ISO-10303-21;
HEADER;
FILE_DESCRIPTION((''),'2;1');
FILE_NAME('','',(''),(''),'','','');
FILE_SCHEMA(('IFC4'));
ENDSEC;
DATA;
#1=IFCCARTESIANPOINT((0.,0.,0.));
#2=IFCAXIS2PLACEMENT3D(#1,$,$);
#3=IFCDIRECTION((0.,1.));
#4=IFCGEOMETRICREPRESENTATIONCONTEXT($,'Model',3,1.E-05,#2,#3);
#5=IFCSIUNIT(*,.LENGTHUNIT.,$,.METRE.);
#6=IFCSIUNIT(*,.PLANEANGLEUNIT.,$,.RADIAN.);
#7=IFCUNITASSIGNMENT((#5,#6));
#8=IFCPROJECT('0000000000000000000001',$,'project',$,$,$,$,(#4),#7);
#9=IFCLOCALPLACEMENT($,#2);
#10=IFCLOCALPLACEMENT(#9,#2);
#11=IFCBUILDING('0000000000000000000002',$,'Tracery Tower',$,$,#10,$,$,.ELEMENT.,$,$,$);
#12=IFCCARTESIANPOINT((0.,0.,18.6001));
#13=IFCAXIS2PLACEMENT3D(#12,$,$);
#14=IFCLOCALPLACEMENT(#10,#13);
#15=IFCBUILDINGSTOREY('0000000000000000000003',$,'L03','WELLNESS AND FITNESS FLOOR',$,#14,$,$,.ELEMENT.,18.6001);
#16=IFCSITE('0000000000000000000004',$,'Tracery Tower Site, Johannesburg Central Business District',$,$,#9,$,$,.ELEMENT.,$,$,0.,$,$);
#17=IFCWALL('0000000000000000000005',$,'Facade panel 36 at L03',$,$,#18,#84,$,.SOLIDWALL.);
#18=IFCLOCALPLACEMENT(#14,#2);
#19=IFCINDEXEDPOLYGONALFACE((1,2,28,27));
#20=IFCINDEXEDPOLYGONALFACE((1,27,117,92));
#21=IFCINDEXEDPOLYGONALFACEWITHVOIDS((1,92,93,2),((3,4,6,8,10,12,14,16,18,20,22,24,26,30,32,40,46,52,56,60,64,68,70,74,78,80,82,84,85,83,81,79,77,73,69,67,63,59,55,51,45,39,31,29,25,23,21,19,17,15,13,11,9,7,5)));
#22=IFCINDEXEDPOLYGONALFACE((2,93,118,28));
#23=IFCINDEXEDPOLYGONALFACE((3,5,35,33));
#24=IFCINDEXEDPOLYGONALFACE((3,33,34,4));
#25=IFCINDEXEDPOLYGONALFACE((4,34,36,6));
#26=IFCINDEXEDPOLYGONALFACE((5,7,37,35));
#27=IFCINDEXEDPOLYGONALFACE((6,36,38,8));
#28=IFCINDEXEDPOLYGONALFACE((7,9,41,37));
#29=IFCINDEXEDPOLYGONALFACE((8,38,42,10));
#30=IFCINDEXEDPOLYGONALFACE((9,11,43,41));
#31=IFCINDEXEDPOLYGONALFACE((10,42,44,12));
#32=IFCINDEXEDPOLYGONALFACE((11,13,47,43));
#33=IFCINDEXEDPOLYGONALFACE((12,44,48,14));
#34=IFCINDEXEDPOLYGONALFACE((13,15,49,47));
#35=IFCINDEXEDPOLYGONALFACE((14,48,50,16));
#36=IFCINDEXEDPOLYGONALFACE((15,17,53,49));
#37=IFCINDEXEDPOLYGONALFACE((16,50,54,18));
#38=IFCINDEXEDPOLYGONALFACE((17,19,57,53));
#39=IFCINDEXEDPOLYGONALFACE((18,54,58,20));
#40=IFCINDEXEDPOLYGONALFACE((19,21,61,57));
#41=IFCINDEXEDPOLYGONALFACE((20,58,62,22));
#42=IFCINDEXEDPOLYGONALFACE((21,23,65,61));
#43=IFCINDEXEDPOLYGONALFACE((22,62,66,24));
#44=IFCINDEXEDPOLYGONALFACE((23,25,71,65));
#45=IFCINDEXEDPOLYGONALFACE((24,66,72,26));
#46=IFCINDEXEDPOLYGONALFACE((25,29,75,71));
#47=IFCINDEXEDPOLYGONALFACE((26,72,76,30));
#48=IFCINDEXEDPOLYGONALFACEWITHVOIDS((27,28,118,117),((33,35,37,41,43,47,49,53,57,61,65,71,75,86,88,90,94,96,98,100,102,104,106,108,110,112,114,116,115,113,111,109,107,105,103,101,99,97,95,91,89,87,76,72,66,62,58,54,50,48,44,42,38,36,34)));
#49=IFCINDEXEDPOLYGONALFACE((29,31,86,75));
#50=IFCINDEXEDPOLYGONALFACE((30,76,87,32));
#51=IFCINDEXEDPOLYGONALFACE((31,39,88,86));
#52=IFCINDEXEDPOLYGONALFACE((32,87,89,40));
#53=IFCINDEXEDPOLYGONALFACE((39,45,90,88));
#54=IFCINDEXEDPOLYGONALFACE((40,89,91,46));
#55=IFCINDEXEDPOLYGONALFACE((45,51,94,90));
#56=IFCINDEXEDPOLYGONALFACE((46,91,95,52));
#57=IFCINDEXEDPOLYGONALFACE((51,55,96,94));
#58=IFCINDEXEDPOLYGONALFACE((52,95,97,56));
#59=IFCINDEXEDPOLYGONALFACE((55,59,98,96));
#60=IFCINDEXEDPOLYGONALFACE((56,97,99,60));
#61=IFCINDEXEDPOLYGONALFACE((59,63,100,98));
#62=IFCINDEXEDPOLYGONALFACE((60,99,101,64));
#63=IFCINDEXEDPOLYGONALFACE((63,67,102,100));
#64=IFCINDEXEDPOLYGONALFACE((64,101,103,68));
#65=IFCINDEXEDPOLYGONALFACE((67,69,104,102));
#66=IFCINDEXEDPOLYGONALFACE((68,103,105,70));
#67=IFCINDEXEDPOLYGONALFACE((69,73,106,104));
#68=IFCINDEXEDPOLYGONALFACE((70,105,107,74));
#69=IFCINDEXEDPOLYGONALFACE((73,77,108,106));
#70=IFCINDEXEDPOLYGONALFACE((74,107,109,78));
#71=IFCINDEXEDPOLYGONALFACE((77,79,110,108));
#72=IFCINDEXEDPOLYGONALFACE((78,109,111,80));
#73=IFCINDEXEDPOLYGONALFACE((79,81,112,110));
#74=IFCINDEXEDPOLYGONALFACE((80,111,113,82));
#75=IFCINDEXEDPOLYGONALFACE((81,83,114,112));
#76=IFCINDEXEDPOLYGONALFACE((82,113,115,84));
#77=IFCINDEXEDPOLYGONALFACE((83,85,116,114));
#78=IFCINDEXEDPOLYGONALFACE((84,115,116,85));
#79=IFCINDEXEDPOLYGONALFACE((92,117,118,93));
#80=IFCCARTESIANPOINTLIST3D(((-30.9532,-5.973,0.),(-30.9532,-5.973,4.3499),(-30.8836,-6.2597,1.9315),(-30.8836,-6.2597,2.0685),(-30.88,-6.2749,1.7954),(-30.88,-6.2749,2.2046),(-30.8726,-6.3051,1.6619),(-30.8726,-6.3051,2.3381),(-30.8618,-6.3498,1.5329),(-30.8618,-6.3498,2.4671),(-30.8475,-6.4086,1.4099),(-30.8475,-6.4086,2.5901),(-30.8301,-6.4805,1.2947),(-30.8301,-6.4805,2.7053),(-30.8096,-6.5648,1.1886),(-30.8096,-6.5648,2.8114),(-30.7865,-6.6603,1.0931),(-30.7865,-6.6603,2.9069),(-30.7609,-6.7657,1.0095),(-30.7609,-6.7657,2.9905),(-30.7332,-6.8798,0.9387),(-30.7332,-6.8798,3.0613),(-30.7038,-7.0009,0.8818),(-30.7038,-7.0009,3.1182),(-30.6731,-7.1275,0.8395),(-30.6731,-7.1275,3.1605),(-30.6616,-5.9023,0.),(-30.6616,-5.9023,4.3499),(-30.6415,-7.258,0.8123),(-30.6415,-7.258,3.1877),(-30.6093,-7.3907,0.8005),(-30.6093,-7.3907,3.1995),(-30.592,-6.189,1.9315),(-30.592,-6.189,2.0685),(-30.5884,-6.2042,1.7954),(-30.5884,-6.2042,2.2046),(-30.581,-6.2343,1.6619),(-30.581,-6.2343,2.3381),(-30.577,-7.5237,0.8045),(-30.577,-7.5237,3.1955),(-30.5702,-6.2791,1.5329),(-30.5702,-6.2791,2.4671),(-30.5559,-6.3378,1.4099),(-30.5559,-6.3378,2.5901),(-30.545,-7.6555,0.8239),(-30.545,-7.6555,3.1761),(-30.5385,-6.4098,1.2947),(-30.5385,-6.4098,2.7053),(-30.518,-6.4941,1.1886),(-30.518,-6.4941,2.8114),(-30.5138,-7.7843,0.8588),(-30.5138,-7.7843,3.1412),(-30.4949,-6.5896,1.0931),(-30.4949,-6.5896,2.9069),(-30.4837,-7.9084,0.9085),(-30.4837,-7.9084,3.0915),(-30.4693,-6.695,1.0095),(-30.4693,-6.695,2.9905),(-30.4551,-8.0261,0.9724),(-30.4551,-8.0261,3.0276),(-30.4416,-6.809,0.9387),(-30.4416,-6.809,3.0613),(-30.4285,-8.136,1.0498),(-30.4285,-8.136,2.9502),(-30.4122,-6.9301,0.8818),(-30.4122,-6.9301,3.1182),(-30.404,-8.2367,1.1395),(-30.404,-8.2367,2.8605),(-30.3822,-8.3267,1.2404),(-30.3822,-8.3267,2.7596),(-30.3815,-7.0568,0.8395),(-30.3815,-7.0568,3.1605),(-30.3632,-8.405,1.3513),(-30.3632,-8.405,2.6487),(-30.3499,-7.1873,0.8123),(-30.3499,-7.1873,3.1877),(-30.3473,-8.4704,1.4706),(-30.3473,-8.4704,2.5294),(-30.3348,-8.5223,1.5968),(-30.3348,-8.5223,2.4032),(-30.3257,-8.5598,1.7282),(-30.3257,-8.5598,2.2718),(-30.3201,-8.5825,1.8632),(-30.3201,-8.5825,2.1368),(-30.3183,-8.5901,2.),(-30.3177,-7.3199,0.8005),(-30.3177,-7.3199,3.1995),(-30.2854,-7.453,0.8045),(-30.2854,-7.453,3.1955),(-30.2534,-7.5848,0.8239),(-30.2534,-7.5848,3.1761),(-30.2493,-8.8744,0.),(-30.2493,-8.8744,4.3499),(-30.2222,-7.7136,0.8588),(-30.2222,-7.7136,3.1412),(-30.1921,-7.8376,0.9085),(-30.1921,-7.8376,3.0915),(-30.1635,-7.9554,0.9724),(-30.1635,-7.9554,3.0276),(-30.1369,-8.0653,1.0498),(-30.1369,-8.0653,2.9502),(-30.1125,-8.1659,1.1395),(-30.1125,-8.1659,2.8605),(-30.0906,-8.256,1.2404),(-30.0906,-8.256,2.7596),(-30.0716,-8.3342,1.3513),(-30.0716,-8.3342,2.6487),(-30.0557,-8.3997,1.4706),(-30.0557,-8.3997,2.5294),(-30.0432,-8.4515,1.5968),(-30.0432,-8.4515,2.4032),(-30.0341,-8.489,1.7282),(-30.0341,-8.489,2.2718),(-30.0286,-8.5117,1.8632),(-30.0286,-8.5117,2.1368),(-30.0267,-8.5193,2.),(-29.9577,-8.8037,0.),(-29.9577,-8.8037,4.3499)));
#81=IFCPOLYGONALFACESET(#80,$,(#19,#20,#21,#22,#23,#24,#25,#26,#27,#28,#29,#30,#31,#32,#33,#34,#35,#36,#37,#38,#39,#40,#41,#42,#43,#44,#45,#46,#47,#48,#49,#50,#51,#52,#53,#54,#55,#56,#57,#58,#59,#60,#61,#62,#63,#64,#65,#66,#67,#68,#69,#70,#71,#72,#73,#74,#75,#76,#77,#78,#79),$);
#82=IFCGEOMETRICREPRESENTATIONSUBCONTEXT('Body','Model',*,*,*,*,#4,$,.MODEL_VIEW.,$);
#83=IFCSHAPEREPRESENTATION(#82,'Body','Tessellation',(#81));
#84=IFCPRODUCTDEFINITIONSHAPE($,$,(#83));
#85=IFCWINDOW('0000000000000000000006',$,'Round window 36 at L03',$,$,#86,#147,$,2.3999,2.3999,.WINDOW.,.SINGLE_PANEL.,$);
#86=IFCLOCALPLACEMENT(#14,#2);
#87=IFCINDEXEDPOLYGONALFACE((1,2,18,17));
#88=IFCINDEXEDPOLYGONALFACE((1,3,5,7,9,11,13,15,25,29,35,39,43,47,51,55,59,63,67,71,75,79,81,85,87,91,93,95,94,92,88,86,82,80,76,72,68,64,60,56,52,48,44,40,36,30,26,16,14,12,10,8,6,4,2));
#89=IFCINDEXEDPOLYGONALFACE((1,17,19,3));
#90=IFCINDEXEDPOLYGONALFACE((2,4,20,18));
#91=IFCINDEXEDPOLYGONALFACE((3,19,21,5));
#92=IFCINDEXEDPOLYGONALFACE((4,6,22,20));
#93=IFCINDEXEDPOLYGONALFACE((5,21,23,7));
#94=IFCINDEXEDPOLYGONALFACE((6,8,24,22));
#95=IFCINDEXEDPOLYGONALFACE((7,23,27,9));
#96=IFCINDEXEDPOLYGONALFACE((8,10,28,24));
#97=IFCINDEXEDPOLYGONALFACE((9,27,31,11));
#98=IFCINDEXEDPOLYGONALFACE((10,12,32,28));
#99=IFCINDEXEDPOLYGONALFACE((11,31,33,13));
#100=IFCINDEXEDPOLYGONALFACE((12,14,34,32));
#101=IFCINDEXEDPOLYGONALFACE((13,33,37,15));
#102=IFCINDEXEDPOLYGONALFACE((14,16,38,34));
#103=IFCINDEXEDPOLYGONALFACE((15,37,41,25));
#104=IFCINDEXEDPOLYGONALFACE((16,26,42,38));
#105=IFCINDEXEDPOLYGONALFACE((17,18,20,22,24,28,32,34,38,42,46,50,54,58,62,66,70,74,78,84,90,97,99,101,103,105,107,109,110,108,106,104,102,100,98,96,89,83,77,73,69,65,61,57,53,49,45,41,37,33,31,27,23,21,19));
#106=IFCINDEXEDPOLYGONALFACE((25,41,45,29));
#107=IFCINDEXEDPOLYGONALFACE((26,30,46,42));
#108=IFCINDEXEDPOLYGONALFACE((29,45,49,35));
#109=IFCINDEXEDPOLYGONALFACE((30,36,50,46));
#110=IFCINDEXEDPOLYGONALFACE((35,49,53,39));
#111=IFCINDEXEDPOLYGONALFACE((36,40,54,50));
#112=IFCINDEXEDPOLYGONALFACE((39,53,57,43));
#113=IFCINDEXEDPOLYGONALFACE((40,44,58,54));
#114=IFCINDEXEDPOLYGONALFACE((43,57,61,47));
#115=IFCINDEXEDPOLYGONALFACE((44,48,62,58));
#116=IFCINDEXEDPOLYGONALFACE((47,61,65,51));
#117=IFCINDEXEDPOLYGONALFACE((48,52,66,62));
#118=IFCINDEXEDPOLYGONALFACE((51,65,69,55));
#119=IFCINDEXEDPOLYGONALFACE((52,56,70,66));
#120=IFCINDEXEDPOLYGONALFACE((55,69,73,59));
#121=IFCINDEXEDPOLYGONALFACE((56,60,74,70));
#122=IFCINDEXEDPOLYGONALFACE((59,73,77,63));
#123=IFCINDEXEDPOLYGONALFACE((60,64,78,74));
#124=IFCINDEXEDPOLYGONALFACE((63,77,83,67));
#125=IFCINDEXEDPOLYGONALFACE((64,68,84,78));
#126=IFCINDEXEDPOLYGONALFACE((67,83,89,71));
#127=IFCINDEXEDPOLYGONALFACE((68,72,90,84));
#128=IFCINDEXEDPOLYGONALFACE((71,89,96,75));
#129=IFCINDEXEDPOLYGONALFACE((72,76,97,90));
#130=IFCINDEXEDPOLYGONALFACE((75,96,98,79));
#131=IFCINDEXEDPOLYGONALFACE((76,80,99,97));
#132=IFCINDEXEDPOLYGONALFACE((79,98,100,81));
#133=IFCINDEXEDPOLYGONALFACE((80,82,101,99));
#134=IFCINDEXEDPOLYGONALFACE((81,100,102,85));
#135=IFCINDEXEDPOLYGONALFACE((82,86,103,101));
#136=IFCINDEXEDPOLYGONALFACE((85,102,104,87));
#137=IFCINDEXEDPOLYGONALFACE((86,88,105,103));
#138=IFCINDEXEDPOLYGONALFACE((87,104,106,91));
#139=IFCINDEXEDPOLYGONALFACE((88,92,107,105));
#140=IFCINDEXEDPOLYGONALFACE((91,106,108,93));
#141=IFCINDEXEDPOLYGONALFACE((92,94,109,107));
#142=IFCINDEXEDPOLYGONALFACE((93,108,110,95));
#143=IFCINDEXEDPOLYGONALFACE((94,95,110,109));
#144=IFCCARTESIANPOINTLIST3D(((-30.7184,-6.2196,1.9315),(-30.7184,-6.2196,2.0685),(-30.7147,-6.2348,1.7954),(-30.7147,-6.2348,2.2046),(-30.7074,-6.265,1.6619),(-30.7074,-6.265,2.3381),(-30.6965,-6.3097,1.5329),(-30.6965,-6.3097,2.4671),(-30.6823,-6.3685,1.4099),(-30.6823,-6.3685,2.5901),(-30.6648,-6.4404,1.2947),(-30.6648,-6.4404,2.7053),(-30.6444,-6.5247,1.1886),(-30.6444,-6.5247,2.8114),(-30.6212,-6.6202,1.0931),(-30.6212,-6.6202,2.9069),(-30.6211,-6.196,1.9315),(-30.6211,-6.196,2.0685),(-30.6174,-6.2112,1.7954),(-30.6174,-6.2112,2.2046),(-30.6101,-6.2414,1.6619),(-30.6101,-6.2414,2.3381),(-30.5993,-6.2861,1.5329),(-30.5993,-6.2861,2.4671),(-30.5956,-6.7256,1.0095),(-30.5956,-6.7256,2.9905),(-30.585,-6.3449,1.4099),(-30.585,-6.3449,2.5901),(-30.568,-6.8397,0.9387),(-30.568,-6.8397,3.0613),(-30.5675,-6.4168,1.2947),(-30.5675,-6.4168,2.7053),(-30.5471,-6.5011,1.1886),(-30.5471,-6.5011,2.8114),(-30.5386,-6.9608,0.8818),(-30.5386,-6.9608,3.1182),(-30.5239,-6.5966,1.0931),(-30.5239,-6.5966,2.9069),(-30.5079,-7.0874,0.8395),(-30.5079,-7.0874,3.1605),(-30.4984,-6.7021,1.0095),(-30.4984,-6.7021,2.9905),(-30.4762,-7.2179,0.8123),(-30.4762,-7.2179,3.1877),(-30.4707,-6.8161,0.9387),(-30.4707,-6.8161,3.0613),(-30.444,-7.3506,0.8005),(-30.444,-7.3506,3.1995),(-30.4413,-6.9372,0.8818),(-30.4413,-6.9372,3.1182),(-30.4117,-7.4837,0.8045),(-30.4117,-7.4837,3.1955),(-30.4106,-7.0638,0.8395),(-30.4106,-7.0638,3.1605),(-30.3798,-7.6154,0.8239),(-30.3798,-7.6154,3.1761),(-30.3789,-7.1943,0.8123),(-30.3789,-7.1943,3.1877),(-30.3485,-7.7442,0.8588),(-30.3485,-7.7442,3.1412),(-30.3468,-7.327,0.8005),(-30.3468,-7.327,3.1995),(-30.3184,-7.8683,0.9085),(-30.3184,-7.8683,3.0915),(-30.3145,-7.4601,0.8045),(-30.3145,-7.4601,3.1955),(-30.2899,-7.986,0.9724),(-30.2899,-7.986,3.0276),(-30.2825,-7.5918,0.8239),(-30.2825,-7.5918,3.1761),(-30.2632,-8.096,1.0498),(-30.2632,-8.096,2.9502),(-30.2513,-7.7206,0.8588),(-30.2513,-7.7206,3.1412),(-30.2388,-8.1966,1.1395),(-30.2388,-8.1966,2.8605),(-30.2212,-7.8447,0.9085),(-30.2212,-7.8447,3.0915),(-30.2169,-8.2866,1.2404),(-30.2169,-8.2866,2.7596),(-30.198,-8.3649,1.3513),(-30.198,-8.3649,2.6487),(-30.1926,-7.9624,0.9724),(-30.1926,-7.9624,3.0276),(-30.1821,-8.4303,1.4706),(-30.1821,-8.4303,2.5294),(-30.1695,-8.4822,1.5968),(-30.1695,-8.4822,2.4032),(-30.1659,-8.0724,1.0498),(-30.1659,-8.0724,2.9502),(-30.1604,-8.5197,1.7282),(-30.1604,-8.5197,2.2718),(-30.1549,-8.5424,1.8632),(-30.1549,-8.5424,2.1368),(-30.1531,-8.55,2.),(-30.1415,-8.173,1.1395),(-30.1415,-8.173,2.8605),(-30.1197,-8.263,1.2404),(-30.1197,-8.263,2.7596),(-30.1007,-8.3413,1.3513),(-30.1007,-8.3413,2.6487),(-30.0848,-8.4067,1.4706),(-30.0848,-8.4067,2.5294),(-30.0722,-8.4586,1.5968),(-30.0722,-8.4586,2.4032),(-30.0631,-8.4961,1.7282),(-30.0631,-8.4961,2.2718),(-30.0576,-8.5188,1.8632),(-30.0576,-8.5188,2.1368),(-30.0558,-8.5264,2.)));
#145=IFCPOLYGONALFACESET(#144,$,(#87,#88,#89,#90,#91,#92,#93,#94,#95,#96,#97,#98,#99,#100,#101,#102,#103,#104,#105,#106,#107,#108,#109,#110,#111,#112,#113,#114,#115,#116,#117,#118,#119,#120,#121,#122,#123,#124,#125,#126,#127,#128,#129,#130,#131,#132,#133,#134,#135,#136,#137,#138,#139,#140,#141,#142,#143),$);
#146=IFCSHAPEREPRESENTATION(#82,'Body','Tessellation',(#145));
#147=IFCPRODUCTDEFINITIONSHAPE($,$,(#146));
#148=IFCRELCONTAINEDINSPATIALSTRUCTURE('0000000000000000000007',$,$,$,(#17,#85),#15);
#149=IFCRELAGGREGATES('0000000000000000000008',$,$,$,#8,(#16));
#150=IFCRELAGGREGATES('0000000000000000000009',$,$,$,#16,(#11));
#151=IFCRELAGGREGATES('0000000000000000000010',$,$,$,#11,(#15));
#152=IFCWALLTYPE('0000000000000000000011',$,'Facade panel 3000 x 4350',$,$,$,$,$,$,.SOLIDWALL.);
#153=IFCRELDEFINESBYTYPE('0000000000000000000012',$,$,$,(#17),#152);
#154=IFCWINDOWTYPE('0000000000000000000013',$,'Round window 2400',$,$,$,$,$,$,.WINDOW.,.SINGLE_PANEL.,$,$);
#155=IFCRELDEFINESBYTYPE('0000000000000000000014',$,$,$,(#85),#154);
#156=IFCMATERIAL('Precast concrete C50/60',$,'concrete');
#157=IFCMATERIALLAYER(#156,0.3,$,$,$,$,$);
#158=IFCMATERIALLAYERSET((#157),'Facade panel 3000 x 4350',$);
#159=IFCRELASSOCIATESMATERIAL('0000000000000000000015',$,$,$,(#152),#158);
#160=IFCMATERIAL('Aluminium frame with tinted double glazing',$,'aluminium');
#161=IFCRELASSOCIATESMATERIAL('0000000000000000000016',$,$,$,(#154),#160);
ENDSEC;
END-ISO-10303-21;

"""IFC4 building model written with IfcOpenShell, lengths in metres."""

from ifc_helpers import new_model, si_unit, direction, frame, frame_2d, origin, origin_2d, place, context, subcontext, project, spatial, rectangle, circle, extrude, material, layer, layer_set, type_object, element, fill, save


model = new_model("IFC4")

# Units and contexts
model_context = context("Model", 3, precision=1e-05, world=origin(), true_north=direction((0.0, 1.0)))
body_context = subcontext(model_context, "Body", "Model", "MODEL_VIEW")
ifc_project = project(units=[si_unit("LENGTHUNIT", "METRE"), si_unit("PLANEANGLEUNIT", "RADIAN")], contexts=[model_context])

# Site, building, storey
site_placement = place(None, origin())
site = spatial("IfcSite", under=ifc_project, at=site_placement, Name="Tracery Tower Site, Johannesburg Central Business District", CompositionType="ELEMENT", RefElevation=0.0)
building_placement = place(site_placement, origin())
building = spatial("IfcBuilding", under=site, at=building_placement, Name="Tracery Tower", CompositionType="ELEMENT")
storey_placement = place(building_placement, frame((0.0, 0.0, 18.6001)))
storey = spatial("IfcBuildingStorey", under=building, at=storey_placement, Name="L03", Description="WELLNESS AND FITNESS FLOOR", CompositionType="ELEMENT", Elevation=18.6001)

# Wall, opening, window
ifc_material_1 = material(Name="Precast concrete C50/60", Category="concrete")
ifc_layer_1 = layer(ifc_material_1, 0.3)
ifc_layer_set_1 = layer_set([ifc_layer_1], Name="Facade panel 3000 x 4350")
wall_type_1 = type_object("IfcWallType", Name="Facade panel 3000 x 4350", PredefinedType="SOLIDWALL", material=ifc_layer_set_1)
ifc_material_2 = material(Name="Aluminium frame with tinted double glazing", Category="aluminium")
window_type = type_object("IfcWindowType", Name="Round window 2400", PartitioningType="SINGLE_PANEL", PredefinedType="WINDOW", material=ifc_material_2)
wall_1_placement = place(storey_placement, frame((-30.8074, -5.9377, 0.0), z_axis=(0.0, 0.0, 1.0), x_axis=(0.235757, -0.971812, 0.0)))
wall_1 = element("IfcWall", 1, at=wall_1_placement, inside=storey, type_object=wall_type_1, Name="Facade panel 36 at L03", PredefinedType="SOLIDWALL", context=body_context, shape_type="SweptSolid", body=[
    extrude(rectangle(XDim=2.9856, YDim=0.3, at=frame_2d((1.4927, 0.0))), origin(), (0.0, 0.0, 1.0), 4.3499),
])
opening_1_placement = place(wall_1_placement, frame((1.4929, 0.0, 2.0)))
opening_1 = element("IfcOpeningElement", 2, at=opening_1_placement, cuts=wall_1, PredefinedType="OPENING", context=body_context, shape_type="SweptSolid", body=[
    extrude(circle(Radius=1.2, at=origin_2d()), frame((0.0, 0.1599, 0.0), z_axis=(0.0, -1.0, 0.0), x_axis=(1.0, 0.0, 0.0)), (0.0, 0.0, 1.0), 0.3201),
])
window_1_placement = place(opening_1_placement, origin())
window_1 = element("IfcWindow", 3, at=window_1_placement, inside=storey, type_object=window_type, Name="Round window 36 at L03", OverallHeight=2.3999, OverallWidth=2.3999, PartitioningType="SINGLE_PANEL", PredefinedType="WINDOW", context=body_context, shape_type="SweptSolid", body=[
    extrude(circle(Radius=1.2, at=origin_2d()), frame((0.0, 0.1201, 0.0), z_axis=(0.0, -1.0, 0.0), x_axis=(1.0, 0.0, 0.0)), (0.0, 0.0, 1.0), 0.1001),
])
fill(opening_1, window_1)

save(model, "model.ifc")
